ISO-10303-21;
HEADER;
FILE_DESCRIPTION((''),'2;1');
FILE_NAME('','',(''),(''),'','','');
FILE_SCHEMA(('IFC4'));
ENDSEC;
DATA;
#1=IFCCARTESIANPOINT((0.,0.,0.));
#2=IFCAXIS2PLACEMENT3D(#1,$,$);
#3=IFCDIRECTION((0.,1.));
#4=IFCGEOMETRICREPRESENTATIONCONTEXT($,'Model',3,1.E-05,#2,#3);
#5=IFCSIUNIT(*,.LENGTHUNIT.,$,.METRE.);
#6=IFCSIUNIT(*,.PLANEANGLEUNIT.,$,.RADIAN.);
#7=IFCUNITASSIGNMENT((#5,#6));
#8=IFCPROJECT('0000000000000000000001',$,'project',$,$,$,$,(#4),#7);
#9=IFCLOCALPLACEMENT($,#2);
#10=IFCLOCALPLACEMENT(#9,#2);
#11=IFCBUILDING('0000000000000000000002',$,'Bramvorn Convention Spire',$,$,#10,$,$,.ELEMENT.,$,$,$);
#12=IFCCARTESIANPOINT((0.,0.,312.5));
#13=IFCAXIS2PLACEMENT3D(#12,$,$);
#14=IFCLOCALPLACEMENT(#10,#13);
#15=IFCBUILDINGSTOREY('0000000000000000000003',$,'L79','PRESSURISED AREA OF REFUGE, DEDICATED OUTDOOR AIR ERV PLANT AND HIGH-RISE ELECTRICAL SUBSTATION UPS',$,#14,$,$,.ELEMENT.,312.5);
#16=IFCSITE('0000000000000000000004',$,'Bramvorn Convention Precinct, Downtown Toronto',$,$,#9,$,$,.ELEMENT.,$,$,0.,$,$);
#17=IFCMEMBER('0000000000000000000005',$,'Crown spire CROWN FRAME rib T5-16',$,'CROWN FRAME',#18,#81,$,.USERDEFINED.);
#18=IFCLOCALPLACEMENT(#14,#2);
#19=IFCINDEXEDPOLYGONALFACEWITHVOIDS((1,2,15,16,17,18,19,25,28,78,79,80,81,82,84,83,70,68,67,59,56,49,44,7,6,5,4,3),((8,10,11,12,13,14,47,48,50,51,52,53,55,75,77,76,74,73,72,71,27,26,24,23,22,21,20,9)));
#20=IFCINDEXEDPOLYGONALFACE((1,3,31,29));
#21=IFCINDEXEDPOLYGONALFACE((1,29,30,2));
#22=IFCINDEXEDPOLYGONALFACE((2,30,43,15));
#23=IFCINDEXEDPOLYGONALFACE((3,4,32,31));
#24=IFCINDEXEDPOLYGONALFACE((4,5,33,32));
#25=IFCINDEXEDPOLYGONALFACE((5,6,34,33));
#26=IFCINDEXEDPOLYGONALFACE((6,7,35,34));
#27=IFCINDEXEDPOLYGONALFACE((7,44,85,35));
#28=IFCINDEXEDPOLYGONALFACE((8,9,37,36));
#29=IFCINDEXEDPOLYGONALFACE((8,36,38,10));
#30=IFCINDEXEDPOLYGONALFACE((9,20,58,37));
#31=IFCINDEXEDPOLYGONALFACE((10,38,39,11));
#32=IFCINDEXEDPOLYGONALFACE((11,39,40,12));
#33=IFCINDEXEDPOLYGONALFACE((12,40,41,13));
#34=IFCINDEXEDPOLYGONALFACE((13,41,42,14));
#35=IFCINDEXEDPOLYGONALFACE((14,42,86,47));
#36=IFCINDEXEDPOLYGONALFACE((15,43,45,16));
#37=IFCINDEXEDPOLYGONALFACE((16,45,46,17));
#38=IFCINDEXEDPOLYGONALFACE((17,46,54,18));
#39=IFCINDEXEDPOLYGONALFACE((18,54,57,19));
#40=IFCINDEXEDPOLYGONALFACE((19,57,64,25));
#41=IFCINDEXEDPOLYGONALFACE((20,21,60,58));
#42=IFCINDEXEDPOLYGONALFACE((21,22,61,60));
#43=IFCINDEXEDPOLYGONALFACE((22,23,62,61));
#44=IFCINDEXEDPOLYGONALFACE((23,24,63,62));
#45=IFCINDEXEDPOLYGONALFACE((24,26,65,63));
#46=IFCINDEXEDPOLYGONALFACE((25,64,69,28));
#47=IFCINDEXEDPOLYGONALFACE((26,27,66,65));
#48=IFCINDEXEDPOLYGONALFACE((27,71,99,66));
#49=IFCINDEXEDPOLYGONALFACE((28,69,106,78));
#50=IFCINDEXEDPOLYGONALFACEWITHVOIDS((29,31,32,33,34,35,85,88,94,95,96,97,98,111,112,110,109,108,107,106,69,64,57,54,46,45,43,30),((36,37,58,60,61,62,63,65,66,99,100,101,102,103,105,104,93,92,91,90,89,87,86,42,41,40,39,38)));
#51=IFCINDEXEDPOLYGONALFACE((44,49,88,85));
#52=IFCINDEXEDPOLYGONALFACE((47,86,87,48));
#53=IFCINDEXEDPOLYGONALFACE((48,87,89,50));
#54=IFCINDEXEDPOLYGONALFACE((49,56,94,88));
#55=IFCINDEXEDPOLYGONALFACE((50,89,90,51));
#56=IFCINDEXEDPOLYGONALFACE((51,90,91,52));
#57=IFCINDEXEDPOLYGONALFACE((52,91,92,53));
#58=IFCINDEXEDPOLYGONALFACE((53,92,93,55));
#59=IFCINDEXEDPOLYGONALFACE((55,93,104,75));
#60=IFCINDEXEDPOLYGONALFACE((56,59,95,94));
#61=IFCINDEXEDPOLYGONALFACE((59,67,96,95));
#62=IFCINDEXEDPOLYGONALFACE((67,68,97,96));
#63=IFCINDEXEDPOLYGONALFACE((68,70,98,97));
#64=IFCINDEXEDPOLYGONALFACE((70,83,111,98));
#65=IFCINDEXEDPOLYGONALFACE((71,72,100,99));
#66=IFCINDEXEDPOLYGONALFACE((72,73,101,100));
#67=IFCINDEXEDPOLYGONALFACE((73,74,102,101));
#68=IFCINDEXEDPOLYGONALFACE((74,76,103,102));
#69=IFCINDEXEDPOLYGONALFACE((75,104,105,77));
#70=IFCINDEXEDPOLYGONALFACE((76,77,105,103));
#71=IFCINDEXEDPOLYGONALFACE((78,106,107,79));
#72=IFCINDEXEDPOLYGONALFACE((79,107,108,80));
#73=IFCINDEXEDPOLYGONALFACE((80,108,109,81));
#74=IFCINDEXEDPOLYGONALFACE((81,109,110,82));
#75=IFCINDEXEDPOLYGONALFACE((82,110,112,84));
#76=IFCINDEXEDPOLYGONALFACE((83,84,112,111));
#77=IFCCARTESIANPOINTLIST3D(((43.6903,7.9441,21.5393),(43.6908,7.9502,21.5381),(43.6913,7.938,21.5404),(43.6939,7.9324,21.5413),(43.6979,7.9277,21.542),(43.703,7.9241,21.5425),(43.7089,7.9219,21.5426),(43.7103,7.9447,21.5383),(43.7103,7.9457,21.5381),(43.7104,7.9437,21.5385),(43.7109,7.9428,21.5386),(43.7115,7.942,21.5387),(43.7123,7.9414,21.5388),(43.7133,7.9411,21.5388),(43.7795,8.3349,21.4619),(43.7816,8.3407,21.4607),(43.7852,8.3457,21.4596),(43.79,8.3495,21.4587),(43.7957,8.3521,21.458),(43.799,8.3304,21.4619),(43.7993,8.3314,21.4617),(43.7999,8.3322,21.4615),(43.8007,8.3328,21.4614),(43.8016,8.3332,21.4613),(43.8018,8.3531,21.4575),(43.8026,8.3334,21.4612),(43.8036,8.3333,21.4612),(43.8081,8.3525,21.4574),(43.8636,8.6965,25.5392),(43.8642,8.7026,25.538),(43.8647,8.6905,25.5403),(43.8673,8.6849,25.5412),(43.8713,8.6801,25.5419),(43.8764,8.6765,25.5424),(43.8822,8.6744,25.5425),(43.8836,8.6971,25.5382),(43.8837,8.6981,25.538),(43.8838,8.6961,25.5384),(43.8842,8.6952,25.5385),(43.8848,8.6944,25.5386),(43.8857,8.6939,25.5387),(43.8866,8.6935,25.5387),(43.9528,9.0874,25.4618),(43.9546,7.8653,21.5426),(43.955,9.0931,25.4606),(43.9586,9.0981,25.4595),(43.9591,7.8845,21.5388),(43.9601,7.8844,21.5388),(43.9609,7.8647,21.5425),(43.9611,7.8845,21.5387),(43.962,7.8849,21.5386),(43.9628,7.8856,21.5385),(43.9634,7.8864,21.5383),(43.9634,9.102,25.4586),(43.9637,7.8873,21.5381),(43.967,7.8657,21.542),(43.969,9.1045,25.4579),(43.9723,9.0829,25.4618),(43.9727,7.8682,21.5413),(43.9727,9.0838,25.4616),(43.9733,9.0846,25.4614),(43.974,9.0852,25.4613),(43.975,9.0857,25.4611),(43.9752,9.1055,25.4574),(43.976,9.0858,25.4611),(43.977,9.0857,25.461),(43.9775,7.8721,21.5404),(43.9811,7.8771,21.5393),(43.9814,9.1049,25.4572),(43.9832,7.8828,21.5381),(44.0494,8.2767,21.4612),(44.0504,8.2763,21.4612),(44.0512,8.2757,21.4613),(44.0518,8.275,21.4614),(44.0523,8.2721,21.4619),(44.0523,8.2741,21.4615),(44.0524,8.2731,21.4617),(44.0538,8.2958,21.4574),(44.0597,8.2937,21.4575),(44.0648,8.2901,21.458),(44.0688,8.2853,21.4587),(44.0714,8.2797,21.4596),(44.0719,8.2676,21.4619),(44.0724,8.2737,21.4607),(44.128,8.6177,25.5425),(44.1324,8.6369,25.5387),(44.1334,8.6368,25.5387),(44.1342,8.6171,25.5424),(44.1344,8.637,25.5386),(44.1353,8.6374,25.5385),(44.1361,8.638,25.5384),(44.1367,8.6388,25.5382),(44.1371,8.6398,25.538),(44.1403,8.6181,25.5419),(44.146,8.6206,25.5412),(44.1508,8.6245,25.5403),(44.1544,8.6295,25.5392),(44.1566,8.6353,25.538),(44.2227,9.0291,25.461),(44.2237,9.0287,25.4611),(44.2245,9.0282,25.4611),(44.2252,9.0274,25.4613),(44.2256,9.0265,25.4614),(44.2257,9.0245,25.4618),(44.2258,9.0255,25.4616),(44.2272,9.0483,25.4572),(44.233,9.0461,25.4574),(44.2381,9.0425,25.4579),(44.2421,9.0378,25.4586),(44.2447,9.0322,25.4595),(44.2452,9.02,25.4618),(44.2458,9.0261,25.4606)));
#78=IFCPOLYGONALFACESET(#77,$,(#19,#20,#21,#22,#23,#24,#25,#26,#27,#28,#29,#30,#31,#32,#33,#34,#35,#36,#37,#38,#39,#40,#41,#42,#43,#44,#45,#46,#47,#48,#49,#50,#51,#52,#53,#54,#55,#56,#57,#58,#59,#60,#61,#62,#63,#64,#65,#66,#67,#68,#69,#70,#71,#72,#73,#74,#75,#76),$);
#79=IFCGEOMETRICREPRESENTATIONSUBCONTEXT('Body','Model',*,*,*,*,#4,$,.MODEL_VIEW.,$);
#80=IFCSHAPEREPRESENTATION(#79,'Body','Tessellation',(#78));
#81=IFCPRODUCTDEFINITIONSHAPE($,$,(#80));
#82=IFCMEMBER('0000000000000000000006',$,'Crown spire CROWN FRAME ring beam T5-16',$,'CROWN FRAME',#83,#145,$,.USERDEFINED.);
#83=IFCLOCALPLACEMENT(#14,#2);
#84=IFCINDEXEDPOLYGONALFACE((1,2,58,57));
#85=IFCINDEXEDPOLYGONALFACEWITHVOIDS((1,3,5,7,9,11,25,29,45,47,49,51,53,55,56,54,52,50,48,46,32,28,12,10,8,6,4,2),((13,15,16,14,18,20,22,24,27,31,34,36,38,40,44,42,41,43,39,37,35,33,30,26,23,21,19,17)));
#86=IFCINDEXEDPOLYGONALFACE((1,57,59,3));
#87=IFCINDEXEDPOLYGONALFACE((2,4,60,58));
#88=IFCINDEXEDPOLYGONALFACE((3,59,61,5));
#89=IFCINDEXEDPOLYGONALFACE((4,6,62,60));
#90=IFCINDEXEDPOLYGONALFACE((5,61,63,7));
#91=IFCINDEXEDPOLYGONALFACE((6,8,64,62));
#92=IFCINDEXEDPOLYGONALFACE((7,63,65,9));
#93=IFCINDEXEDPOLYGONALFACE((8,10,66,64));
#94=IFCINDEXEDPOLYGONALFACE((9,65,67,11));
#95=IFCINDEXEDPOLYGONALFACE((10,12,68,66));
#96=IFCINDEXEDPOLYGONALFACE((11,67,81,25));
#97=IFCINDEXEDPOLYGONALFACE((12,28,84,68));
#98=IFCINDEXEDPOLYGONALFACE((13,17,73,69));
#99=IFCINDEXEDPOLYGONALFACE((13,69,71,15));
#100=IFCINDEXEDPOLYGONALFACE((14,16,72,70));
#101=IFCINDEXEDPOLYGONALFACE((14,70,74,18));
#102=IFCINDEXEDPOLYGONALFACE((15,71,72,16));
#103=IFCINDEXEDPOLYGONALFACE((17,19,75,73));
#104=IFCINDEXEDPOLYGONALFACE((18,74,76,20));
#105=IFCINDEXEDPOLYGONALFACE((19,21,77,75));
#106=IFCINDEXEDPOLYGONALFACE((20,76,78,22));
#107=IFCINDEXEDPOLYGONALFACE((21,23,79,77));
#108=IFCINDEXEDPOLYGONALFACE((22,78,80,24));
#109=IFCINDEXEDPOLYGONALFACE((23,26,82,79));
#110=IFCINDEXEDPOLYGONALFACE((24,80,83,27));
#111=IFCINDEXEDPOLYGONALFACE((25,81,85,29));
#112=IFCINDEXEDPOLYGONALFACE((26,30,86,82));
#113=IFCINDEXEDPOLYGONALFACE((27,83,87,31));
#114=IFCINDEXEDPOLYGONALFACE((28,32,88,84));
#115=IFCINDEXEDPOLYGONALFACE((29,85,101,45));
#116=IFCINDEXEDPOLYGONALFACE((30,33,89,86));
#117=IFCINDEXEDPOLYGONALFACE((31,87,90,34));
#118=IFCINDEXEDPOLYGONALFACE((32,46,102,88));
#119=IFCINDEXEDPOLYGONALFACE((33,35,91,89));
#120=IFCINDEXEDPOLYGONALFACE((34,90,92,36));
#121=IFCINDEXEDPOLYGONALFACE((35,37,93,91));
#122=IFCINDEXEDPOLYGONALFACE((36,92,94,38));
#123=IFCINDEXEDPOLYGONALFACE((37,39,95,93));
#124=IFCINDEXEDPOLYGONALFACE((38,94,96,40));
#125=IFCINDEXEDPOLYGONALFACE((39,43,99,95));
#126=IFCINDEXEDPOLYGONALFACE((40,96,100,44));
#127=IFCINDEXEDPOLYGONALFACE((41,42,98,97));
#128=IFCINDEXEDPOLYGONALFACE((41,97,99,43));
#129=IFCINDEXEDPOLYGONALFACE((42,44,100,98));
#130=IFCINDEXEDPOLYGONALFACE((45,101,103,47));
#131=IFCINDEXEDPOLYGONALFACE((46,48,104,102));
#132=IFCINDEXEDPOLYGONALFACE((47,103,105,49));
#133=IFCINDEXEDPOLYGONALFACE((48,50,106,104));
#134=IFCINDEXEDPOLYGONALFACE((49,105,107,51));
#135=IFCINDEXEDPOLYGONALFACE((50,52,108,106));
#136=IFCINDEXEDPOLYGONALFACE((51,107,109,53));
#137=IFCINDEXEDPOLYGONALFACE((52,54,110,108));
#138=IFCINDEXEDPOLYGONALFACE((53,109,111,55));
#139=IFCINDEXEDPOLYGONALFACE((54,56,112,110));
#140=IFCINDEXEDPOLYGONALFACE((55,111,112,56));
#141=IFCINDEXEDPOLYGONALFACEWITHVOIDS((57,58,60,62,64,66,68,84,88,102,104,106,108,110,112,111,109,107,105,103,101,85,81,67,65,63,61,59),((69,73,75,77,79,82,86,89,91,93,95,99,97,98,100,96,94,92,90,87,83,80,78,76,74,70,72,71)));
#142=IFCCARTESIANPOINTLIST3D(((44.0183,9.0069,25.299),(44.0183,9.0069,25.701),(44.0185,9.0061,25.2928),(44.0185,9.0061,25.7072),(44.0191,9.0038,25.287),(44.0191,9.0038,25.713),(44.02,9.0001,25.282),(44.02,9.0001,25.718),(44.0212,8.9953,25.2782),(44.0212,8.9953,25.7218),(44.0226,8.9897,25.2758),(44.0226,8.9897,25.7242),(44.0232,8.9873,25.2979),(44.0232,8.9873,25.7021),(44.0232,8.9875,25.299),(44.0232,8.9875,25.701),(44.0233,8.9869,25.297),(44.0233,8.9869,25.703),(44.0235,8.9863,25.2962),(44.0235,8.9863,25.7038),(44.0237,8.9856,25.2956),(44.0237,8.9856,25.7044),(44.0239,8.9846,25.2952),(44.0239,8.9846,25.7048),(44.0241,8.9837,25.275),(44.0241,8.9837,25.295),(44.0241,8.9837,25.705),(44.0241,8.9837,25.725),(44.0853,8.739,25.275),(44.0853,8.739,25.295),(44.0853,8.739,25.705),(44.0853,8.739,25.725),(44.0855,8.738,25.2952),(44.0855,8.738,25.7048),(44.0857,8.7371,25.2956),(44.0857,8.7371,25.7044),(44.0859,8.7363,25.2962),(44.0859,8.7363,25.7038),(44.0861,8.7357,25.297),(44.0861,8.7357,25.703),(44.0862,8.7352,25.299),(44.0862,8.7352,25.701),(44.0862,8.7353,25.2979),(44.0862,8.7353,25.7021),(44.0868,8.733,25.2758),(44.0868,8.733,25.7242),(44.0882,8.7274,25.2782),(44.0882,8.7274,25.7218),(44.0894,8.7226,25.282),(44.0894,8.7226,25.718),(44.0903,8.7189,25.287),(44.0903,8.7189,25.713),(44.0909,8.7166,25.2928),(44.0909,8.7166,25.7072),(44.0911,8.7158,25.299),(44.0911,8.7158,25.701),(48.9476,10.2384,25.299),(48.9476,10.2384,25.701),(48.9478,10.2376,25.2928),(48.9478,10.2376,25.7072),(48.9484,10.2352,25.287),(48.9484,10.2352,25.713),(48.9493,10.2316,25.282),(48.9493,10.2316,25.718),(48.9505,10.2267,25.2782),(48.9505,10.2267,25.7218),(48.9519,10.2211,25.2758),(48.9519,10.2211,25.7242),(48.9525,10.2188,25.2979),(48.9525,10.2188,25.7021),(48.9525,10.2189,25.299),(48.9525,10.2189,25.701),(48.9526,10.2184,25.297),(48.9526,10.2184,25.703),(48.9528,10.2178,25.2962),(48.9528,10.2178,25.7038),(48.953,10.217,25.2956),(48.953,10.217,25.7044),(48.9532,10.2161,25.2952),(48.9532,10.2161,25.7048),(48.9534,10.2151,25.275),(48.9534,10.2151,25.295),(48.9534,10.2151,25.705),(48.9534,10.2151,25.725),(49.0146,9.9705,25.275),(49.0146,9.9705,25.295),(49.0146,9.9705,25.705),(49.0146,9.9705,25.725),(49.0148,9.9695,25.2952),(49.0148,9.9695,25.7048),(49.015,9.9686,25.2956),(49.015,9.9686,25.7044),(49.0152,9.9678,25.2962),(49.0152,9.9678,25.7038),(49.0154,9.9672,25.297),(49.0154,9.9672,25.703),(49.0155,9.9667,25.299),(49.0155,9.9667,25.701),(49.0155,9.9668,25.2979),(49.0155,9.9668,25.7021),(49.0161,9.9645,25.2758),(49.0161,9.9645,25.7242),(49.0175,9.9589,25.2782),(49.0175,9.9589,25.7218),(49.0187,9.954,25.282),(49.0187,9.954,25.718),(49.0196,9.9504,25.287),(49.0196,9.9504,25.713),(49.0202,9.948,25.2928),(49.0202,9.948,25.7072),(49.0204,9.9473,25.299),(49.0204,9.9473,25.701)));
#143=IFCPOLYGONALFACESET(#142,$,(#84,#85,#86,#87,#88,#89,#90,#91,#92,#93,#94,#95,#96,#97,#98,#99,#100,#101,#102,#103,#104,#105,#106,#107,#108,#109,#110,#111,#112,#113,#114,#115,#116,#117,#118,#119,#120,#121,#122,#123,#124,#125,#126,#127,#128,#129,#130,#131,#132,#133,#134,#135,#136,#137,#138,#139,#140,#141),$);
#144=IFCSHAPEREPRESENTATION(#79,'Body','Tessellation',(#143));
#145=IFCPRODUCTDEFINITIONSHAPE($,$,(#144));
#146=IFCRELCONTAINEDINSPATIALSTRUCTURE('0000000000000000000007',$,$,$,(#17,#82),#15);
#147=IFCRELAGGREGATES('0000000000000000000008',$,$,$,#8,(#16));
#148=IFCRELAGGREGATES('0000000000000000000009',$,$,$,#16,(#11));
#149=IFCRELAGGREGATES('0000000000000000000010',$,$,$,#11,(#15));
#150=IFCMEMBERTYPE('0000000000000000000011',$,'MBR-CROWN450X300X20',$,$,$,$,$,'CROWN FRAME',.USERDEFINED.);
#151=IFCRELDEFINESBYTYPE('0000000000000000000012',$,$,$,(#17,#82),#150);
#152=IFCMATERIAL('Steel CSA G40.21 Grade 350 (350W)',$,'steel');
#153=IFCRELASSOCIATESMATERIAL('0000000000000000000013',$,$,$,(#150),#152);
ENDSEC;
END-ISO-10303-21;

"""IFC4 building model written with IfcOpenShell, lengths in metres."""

from ifc_helpers import new_model, si_unit, direction, frame, origin, origin_2d, place, context, subcontext, project, spatial, hollow_rectangle, extrude, material, material_profile, profile_set, type_object, element, save


model = new_model("IFC4")

# Units and contexts
model_context = context("Model", 3, precision=1e-05, world=origin(), true_north=direction((0.0, 1.0)))
body_context = subcontext(model_context, "Body", "Model", "MODEL_VIEW")
ifc_project = project(units=[si_unit("LENGTHUNIT", "METRE"), si_unit("PLANEANGLEUNIT", "RADIAN")], contexts=[model_context])

# Site, building, storey
site_placement = place(None, origin())
site = spatial("IfcSite", under=ifc_project, at=site_placement, Name="Bramvorn Convention Precinct, Downtown Toronto", CompositionType="ELEMENT", RefElevation=0.0)
building_placement = place(site_placement, origin())
building = spatial("IfcBuilding", under=site, at=building_placement, Name="Bramvorn Convention Spire", CompositionType="ELEMENT")
storey_placement = place(building_placement, frame((0.0, 0.0, 312.5)))
storey = spatial("IfcBuildingStorey", under=building, at=storey_placement, Name="L79", Description="PRESSURISED AREA OF REFUGE, DEDICATED OUTDOOR AIR ERV PLANT AND HIGH-RISE ELECTRICAL SUBSTATION UPS", CompositionType="ELEMENT", Elevation=312.5)

# Members
ifc_material_1 = material(Name="Steel CSA G40.21 Grade 350 (350W)", Category="steel")
ifc_material_profile = material_profile(ifc_material_1, hollow_rectangle(XDim=0.3, YDim=0.45, WallThickness=0.02, InnerFilletRadius=0.0039, OuterFilletRadius=0.0239, at=origin_2d()))
ifc_profile_set = profile_set([ifc_material_profile], Name="Steel CSA G40.21 Grade 350 (350W) - CROWN450X300X20")
member_type = type_object("IfcMemberType", Name="MBR-CROWN450X300X20", ElementType="CROWN FRAME", PredefinedType="USERDEFINED", material=ifc_profile_set)
member_1_placement = place(storey_placement, frame((43.8813, 8.1089, 21.5), z_axis=(0.042549, 0.184701, 0.981873), x_axis=(-0.974476, 0.22449, 0.0)))
element("IfcMember", 1, at=member_1_placement, inside=storey, type_object=member_type, Name="Crown spire CROWN FRAME rib T5-16", ObjectType="CROWN FRAME", PredefinedType="USERDEFINED", context=body_context, shape_type="SweptSolid", body=[
    extrude(hollow_rectangle(XDim=0.3, YDim=0.45, WallThickness=0.02, InnerFilletRadius=0.0039, OuterFilletRadius=0.0239, at=origin_2d()), origin(), (0.0, 0.0, 1.0), 4.0737),
])
member_2_placement = place(storey_placement, frame((44.0547, 8.8613, 25.5), z_axis=(0.970182, 0.242377, 0.0), x_axis=(-0.242377, 0.970182, 0.0)))
element("IfcMember", 2, at=member_2_placement, inside=storey, type_object=member_type, Name="Crown spire CROWN FRAME ring beam T5-16", ObjectType="CROWN FRAME", PredefinedType="USERDEFINED", context=body_context, shape_type="SweptSolid", body=[
    extrude(hollow_rectangle(XDim=0.3, YDim=0.45, WallThickness=0.02, InnerFilletRadius=0.0039, OuterFilletRadius=0.0239, at=origin_2d()), origin(), (0.0, 0.0, 1.0), 5.0808),
])

save(model, "model.ifc")
